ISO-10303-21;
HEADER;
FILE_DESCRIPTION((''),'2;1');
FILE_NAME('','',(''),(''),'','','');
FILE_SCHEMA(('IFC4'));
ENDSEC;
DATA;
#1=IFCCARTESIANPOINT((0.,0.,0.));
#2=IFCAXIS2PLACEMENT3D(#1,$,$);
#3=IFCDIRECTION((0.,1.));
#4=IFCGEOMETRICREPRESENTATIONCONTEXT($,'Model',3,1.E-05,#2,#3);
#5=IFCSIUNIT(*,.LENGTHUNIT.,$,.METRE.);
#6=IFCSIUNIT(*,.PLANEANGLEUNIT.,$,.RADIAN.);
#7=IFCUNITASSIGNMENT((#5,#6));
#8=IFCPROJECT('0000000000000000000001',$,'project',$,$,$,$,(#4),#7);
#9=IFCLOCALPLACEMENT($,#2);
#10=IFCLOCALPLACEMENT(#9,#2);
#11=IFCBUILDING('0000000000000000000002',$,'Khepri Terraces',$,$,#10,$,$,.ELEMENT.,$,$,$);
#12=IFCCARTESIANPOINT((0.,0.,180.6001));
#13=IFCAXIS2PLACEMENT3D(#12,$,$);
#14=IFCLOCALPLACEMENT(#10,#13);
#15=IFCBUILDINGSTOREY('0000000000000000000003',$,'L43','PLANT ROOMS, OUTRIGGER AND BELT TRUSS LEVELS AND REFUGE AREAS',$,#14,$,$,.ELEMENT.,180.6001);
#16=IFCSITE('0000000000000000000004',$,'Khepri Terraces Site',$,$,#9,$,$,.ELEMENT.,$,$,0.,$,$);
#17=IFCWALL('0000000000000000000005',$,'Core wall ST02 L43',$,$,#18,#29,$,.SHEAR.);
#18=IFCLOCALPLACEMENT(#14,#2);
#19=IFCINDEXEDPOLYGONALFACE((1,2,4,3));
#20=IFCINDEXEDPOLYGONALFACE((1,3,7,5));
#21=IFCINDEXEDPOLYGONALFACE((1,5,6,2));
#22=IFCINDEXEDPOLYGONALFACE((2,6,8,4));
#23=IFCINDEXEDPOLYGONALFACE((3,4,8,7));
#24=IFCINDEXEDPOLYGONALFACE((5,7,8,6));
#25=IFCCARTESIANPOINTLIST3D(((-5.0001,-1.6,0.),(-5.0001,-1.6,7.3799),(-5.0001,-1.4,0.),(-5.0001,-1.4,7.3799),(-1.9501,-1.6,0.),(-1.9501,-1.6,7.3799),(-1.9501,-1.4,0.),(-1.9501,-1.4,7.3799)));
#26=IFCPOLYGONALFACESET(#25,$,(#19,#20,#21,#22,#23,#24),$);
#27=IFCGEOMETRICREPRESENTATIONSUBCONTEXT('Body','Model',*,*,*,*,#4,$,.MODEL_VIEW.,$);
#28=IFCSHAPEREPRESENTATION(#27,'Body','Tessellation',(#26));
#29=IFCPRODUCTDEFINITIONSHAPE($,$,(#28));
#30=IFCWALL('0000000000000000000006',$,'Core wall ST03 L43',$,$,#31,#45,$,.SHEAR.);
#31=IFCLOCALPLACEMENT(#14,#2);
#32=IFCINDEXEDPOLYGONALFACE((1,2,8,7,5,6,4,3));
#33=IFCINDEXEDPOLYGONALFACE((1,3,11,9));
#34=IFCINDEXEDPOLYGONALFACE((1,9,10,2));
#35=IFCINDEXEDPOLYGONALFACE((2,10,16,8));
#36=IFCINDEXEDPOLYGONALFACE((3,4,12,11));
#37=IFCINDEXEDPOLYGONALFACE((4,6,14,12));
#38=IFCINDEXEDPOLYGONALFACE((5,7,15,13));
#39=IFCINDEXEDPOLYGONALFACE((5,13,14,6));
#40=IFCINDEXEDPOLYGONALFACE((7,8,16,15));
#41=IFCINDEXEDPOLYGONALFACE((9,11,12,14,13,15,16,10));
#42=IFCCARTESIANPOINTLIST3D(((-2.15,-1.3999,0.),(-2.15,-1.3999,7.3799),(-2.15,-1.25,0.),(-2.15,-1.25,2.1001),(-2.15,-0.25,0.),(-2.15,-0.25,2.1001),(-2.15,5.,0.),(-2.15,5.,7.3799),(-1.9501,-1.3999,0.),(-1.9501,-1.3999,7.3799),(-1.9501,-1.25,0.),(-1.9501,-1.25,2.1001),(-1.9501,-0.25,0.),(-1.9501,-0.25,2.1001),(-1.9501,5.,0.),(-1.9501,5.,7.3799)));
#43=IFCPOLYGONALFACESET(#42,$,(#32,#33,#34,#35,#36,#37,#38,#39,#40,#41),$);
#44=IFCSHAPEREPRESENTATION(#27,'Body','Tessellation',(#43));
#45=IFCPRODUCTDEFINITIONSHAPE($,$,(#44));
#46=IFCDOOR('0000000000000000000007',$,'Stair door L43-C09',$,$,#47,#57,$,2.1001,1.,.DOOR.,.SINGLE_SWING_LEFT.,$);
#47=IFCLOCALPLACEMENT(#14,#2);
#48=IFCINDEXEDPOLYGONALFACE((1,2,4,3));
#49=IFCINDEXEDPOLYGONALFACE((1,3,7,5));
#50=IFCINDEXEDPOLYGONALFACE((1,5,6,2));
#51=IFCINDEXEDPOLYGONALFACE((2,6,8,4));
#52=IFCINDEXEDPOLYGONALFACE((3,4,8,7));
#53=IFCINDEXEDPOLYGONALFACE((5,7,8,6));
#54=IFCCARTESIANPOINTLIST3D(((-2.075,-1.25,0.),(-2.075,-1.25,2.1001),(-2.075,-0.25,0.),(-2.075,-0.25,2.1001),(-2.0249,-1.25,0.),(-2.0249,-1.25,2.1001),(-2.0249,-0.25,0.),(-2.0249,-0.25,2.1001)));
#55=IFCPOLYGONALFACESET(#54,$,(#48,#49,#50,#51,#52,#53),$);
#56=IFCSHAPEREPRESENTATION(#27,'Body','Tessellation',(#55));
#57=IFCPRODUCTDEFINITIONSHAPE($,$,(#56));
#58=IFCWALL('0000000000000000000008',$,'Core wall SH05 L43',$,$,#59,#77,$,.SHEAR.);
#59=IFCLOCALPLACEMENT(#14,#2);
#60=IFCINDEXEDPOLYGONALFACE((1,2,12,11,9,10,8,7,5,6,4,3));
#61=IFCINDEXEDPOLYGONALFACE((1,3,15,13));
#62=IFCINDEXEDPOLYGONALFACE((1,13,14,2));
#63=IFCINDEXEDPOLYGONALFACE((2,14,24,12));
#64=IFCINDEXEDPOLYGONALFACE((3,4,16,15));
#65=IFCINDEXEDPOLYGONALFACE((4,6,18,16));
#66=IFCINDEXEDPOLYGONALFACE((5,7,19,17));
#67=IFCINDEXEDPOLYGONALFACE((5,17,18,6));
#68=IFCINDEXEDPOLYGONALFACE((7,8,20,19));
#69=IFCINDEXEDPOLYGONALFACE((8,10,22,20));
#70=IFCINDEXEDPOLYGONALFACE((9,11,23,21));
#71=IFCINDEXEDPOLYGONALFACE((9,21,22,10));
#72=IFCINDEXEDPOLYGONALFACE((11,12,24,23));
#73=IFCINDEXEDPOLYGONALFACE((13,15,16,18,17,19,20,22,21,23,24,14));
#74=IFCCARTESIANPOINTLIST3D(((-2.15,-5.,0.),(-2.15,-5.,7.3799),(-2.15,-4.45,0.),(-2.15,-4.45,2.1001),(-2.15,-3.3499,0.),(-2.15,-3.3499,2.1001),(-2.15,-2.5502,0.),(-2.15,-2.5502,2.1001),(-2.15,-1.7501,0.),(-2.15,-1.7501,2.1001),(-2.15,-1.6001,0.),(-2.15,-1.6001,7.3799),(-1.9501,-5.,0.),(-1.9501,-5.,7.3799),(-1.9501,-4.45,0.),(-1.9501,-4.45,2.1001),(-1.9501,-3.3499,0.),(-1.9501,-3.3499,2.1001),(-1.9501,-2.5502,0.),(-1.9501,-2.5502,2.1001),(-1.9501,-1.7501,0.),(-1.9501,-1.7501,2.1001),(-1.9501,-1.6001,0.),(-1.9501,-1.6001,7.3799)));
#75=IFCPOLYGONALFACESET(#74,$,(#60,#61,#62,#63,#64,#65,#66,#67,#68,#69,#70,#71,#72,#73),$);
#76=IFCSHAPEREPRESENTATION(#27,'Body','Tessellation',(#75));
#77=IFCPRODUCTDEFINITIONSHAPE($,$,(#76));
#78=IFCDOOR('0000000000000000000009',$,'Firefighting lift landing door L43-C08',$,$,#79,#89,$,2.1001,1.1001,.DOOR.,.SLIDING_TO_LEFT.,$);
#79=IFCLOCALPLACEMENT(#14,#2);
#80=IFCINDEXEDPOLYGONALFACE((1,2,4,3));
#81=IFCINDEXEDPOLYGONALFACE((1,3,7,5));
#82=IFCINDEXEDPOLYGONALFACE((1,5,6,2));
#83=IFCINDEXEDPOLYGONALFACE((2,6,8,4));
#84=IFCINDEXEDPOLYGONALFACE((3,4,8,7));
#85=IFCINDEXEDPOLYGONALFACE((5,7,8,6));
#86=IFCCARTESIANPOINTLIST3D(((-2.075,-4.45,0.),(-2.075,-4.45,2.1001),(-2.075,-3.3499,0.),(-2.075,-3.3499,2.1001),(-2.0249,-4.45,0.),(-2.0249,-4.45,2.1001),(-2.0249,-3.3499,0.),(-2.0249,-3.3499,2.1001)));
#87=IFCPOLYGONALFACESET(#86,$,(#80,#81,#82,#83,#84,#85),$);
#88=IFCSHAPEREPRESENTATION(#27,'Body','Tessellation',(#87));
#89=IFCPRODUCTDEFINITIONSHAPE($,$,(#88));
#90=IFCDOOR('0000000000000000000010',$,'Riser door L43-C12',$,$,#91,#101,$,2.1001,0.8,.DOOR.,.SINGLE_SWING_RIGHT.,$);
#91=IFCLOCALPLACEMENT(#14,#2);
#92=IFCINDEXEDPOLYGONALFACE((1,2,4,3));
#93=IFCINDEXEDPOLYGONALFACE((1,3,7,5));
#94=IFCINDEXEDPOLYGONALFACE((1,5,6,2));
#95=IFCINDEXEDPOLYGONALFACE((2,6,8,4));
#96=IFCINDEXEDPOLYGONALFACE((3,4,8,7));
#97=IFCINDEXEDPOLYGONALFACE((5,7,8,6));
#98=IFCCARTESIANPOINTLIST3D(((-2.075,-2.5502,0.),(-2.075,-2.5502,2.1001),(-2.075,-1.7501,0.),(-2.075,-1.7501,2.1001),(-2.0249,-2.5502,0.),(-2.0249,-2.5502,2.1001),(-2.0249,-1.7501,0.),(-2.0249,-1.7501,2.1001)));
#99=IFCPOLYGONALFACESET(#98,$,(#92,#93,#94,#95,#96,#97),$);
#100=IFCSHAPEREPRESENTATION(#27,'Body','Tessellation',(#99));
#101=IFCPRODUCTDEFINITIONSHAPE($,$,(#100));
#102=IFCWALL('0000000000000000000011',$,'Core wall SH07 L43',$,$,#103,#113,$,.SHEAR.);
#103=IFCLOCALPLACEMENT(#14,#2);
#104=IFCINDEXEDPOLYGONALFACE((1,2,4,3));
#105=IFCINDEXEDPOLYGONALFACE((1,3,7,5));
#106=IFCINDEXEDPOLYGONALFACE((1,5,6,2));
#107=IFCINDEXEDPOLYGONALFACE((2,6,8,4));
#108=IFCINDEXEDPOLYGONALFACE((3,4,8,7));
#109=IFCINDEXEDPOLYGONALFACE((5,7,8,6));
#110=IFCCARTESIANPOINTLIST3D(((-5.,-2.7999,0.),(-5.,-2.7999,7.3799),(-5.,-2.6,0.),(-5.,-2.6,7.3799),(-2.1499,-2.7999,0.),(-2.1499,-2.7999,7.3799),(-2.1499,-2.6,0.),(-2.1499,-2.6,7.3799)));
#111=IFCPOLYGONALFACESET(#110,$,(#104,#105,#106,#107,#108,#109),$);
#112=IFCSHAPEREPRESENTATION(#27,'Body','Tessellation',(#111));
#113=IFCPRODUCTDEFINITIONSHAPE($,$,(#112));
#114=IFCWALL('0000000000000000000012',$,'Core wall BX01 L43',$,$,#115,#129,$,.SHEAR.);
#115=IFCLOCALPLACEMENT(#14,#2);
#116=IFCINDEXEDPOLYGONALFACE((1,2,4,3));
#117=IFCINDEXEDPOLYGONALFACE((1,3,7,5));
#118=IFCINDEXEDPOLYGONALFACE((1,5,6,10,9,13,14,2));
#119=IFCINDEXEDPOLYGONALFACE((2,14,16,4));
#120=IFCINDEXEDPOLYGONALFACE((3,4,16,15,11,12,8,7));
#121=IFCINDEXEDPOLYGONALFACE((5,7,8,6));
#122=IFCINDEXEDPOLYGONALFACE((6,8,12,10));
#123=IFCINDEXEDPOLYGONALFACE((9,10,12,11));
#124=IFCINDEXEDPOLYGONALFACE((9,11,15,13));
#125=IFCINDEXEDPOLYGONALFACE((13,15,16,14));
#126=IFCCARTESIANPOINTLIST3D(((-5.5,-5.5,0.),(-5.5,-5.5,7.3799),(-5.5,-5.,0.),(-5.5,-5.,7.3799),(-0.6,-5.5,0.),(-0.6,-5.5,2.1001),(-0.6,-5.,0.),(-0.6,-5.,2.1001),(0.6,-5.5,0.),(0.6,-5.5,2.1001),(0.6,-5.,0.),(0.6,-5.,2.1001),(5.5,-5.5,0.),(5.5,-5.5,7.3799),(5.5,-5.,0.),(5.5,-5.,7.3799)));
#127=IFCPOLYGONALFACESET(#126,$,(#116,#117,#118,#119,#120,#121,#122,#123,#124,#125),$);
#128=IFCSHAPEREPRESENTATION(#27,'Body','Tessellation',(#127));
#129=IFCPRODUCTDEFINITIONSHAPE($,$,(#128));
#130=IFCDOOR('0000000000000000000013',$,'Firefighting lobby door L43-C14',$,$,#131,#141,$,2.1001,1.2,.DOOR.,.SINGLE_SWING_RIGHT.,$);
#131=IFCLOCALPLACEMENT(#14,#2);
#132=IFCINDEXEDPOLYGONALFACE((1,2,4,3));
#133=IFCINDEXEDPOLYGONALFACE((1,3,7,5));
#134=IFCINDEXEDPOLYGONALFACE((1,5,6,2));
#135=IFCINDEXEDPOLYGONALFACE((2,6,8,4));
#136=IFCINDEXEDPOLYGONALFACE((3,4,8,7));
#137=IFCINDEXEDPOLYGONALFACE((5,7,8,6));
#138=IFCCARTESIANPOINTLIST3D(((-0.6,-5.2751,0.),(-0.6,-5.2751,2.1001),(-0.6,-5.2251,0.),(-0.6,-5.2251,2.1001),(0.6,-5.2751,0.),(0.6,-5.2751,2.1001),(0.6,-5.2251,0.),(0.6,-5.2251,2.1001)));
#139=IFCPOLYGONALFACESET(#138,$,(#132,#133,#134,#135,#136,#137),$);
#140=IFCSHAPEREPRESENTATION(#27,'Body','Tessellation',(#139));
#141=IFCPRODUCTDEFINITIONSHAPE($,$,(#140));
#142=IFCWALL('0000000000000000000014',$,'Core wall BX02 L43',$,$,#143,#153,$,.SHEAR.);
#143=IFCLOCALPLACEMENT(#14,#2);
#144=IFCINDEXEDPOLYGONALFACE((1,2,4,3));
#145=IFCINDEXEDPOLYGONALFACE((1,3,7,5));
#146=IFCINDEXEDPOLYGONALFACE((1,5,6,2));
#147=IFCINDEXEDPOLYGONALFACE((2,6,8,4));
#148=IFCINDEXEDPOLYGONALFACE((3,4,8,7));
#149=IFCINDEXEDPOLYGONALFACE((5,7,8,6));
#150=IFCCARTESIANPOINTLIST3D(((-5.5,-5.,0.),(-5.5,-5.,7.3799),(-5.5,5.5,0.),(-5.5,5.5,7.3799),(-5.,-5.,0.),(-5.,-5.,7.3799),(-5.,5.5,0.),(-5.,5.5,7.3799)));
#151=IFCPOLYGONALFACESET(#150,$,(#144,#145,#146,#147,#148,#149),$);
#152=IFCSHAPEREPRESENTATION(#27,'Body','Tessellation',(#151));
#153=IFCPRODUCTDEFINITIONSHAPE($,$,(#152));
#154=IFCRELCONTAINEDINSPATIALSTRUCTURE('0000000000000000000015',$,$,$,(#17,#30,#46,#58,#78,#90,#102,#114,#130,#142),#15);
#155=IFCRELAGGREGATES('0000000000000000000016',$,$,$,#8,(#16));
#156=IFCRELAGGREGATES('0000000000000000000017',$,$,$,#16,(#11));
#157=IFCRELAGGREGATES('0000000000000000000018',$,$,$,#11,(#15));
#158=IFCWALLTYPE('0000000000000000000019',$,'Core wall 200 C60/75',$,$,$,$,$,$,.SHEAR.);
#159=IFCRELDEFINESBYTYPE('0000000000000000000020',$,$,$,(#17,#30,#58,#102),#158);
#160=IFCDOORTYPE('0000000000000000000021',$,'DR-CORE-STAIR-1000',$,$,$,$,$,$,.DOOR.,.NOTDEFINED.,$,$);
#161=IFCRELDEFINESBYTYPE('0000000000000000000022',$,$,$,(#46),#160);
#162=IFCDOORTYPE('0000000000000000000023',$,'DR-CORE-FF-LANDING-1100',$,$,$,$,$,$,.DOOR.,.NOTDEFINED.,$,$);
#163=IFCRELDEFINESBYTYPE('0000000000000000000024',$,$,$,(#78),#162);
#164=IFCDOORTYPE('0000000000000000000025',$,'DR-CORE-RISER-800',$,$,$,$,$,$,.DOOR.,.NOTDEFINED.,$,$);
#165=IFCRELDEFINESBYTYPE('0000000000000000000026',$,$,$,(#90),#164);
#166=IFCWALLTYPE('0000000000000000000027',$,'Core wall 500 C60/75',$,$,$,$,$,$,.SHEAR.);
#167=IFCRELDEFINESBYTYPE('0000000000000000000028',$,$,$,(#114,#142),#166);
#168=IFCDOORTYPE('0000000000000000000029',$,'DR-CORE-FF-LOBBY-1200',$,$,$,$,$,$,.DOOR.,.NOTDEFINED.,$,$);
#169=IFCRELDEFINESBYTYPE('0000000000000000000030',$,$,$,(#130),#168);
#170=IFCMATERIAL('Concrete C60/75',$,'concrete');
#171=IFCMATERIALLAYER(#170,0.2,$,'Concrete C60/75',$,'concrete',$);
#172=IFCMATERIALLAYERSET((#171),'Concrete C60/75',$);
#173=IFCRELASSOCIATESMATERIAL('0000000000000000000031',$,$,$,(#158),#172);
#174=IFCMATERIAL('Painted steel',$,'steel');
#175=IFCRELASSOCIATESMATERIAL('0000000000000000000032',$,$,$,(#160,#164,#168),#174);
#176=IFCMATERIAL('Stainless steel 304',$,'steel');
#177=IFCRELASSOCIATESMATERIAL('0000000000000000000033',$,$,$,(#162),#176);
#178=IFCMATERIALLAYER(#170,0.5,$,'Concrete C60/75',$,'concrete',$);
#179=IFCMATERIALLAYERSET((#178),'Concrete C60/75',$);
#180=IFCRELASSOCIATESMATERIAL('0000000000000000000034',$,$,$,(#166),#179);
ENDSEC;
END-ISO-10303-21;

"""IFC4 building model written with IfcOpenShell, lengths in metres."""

from ifc_helpers import new_model, si_unit, direction, frame, frame_2d, origin, place, context, subcontext, project, spatial, rectangle, extrude, material, layer, layer_set, type_object, element, fill, save


model = new_model("IFC4")

# Units and contexts
model_context = context("Model", 3, precision=1e-05, world=origin(), true_north=direction((0.0, 1.0)))
body_context = subcontext(model_context, "Body", "Model", "MODEL_VIEW")
ifc_project = project(units=[si_unit("LENGTHUNIT", "METRE"), si_unit("PLANEANGLEUNIT", "RADIAN")], contexts=[model_context])

# Site, building, storey
site_placement = place(None, origin())
site = spatial("IfcSite", under=ifc_project, at=site_placement, Name="Khepri Terraces Site", CompositionType="ELEMENT", RefElevation=0.0)
building_placement = place(site_placement, origin())
building = spatial("IfcBuilding", under=site, at=building_placement, Name="Khepri Terraces", CompositionType="ELEMENT")
storey_placement = place(building_placement, frame((0.0, 0.0, 180.6001)))
storey = spatial("IfcBuildingStorey", under=building, at=storey_placement, Name="L43", Description="PLANT ROOMS, OUTRIGGER AND BELT TRUSS LEVELS AND REFUGE AREAS", CompositionType="ELEMENT", Elevation=180.6001)

# Wall
ifc_material_1 = material(Name="Concrete C60/75", Category="concrete")
ifc_layer_1 = layer(ifc_material_1, 0.2, Name="Concrete C60/75", Category="concrete")
ifc_layer_set_1 = layer_set([ifc_layer_1], Name="Concrete C60/75")
wall_type_1 = type_object("IfcWallType", Name="Core wall 200 C60/75", PredefinedType="SHEAR", material=ifc_layer_set_1)
wall_1_placement = place(storey_placement, frame((-5.0, -1.5, 0.0), z_axis=(0.0, 0.0, 1.0), x_axis=(1.0, 0.0, 0.0)))
element("IfcWall", 1, at=wall_1_placement, inside=storey, type_object=wall_type_1, Name="Core wall ST02 L43", PredefinedType="SHEAR", context=body_context, shape_type="SweptSolid", body=[
    extrude(rectangle(XDim=3.05, YDim=0.2, at=frame_2d((1.5249, 0.0))), origin(), (0.0, 0.0, 1.0), 7.3799),
])

# Wall, opening, door
wall_2_placement = place(storey_placement, frame((-2.05, -1.3999, 0.0), z_axis=(0.0, 0.0, 1.0), x_axis=(0.0, 1.0, 0.0)))
wall_2 = element("IfcWall", 2, at=wall_2_placement, inside=storey, type_object=wall_type_1, Name="Core wall ST03 L43", PredefinedType="SHEAR", context=body_context, shape_type="SweptSolid", body=[
    extrude(rectangle(XDim=6.3999, YDim=0.2, at=frame_2d((3.2, 0.0))), origin(), (0.0, 0.0, 1.0), 7.3799),
])
opening_1_placement = place(wall_2_placement, frame((0.1499, 0.0, 0.0)))
opening_1 = element("IfcOpeningElement", 3, at=opening_1_placement, cuts=wall_2, PredefinedType="OPENING", context=body_context, shape_type="SweptSolid", body=[
    extrude(rectangle(XDim=1.0, YDim=2.1001, at=frame_2d((0.5, 1.05))), frame((0.0, 0.1099, 0.0), z_axis=(0.0, -1.0, 0.0), x_axis=(1.0, 0.0, 0.0)), (0.0, 0.0, 1.0), 0.22),
])
ifc_material_2 = material(Name="Painted steel", Category="steel")
door_type_1 = type_object("IfcDoorType", Name="DR-CORE-STAIR-1000", OperationType="NOTDEFINED", PredefinedType="DOOR", material=ifc_material_2)
door_1_placement = place(opening_1_placement, origin())
door_1 = element("IfcDoor", 4, at=door_1_placement, inside=storey, type_object=door_type_1, Name="Stair door L43-C09", OperationType="SINGLE_SWING_LEFT", OverallHeight=2.1001, OverallWidth=1.0, PredefinedType="DOOR", context=body_context, shape_type="SweptSolid", body=[
    extrude(rectangle(XDim=1.0, YDim=2.1001, at=frame_2d((0.5, 1.05))), frame((0.0, 0.0249, 0.0), z_axis=(0.0, -1.0, 0.0), x_axis=(1.0, 0.0, 0.0)), (0.0, 0.0, 1.0), 0.05),
])
fill(opening_1, door_1)

# Wall, openings, doors
wall_3_placement = place(storey_placement, frame((-2.05, -5.0, 0.0), z_axis=(0.0, 0.0, 1.0), x_axis=(0.0, 1.0, 0.0)))
wall_3 = element("IfcWall", 5, at=wall_3_placement, inside=storey, type_object=wall_type_1, Name="Core wall SH05 L43", PredefinedType="SHEAR", context=body_context, shape_type="SweptSolid", body=[
    extrude(rectangle(XDim=3.3999, YDim=0.2, at=frame_2d((1.7, 0.0))), origin(), (0.0, 0.0, 1.0), 7.3799),
])
opening_2_placement = place(wall_3_placement, frame((0.55, 0.0, 0.0)))
opening_2 = element("IfcOpeningElement", 6, at=opening_2_placement, cuts=wall_3, PredefinedType="OPENING", context=body_context, shape_type="SweptSolid", body=[
    extrude(rectangle(XDim=1.1001, YDim=2.1001, at=frame_2d((0.55, 1.05))), frame((0.0, 0.1099, 0.0), z_axis=(0.0, -1.0, 0.0), x_axis=(1.0, 0.0, 0.0)), (0.0, 0.0, 1.0), 0.22),
])
opening_3_placement = place(wall_3_placement, frame((2.45, 0.0, 0.0)))
opening_3 = element("IfcOpeningElement", 7, at=opening_3_placement, cuts=wall_3, PredefinedType="OPENING", context=body_context, shape_type="SweptSolid", body=[
    extrude(rectangle(XDim=0.8, YDim=2.1001, at=frame_2d((0.3999, 1.05))), frame((0.0, 0.1099, 0.0), z_axis=(0.0, -1.0, 0.0), x_axis=(1.0, 0.0, 0.0)), (0.0, 0.0, 1.0), 0.22),
])
ifc_material_3 = material(Name="Stainless steel 304", Category="steel")
door_type_2 = type_object("IfcDoorType", Name="DR-CORE-FF-LANDING-1100", OperationType="NOTDEFINED", PredefinedType="DOOR", material=ifc_material_3)
door_2_placement = place(opening_2_placement, origin())
door_2 = element("IfcDoor", 8, at=door_2_placement, inside=storey, type_object=door_type_2, Name="Firefighting lift landing door L43-C08", OperationType="SLIDING_TO_LEFT", OverallHeight=2.1001, OverallWidth=1.1001, PredefinedType="DOOR", context=body_context, shape_type="SweptSolid", body=[
    extrude(rectangle(XDim=1.1001, YDim=2.1001, at=frame_2d((0.55, 1.05))), frame((0.0, 0.0249, 0.0), z_axis=(0.0, -1.0, 0.0), x_axis=(1.0, 0.0, 0.0)), (0.0, 0.0, 1.0), 0.05),
])
fill(opening_2, door_2)
door_type_3 = type_object("IfcDoorType", Name="DR-CORE-RISER-800", OperationType="NOTDEFINED", PredefinedType="DOOR", material=ifc_material_2)
door_3_placement = place(opening_3_placement, origin())
door_3 = element("IfcDoor", 9, at=door_3_placement, inside=storey, type_object=door_type_3, Name="Riser door L43-C12", OperationType="SINGLE_SWING_RIGHT", OverallHeight=2.1001, OverallWidth=0.8, PredefinedType="DOOR", context=body_context, shape_type="SweptSolid", body=[
    extrude(rectangle(XDim=0.8, YDim=2.1001, at=frame_2d((0.3999, 1.05))), frame((0.0, 0.0249, 0.0), z_axis=(0.0, -1.0, 0.0), x_axis=(1.0, 0.0, 0.0)), (0.0, 0.0, 1.0), 0.05),
])
fill(opening_3, door_3)

# Wall
wall_4_placement = place(storey_placement, frame((-5.0, -2.7, 0.0), z_axis=(0.0, 0.0, 1.0), x_axis=(1.0, 0.0, 0.0)))
element("IfcWall", 10, at=wall_4_placement, inside=storey, type_object=wall_type_1, Name="Core wall SH07 L43", PredefinedType="SHEAR", context=body_context, shape_type="SweptSolid", body=[
    extrude(rectangle(XDim=2.8501, YDim=0.2, at=frame_2d((1.425, 0.0))), origin(), (0.0, 0.0, 1.0), 7.3799),
])

# Wall, opening, door
ifc_layer_2 = layer(ifc_material_1, 0.5, Name="Concrete C60/75", Category="concrete")
ifc_layer_set_2 = layer_set([ifc_layer_2], Name="Concrete C60/75")
wall_type_2 = type_object("IfcWallType", Name="Core wall 500 C60/75", PredefinedType="SHEAR", material=ifc_layer_set_2)
wall_5_placement = place(storey_placement, frame((-5.5, -5.25, 0.0), z_axis=(0.0, 0.0, 1.0), x_axis=(1.0, 0.0, 0.0)))
wall_5 = element("IfcWall", 11, at=wall_5_placement, inside=storey, type_object=wall_type_2, Name="Core wall BX01 L43", PredefinedType="SHEAR", context=body_context, shape_type="SweptSolid", body=[
    extrude(rectangle(XDim=11.0, YDim=0.5, at=frame_2d((5.5, 0.0))), origin(), (0.0, 0.0, 1.0), 7.3799),
])
opening_4_placement = place(wall_5_placement, frame((4.8999, 0.0, 0.0)))
opening_4 = element("IfcOpeningElement", 12, at=opening_4_placement, cuts=wall_5, PredefinedType="OPENING", context=body_context, shape_type="SweptSolid", body=[
    extrude(rectangle(XDim=1.2, YDim=2.1001, at=frame_2d((0.6001, 1.05))), frame((0.0, 0.26, 0.0), z_axis=(0.0, -1.0, 0.0), x_axis=(1.0, 0.0, 0.0)), (0.0, 0.0, 1.0), 0.52),
])
door_type_4 = type_object("IfcDoorType", Name="DR-CORE-FF-LOBBY-1200", OperationType="NOTDEFINED", PredefinedType="DOOR", material=ifc_material_2)
door_4_placement = place(opening_4_placement, origin())
door_4 = element("IfcDoor", 13, at=door_4_placement, inside=storey, type_object=door_type_4, Name="Firefighting lobby door L43-C14", OperationType="SINGLE_SWING_RIGHT", OverallHeight=2.1001, OverallWidth=1.2, PredefinedType="DOOR", context=body_context, shape_type="SweptSolid", body=[
    extrude(rectangle(XDim=1.2, YDim=2.1001, at=frame_2d((0.6001, 1.05))), frame((0.0, 0.0249, 0.0), z_axis=(0.0, -1.0, 0.0), x_axis=(1.0, 0.0, 0.0)), (0.0, 0.0, 1.0), 0.05),
])
fill(opening_4, door_4)

# Wall
wall_6_placement = place(storey_placement, frame((-5.25, -5.0, 0.0), z_axis=(0.0, 0.0, 1.0), x_axis=(0.0, 1.0, 0.0)))
element("IfcWall", 14, at=wall_6_placement, inside=storey, type_object=wall_type_2, Name="Core wall BX02 L43", PredefinedType="SHEAR", context=body_context, shape_type="SweptSolid", body=[
    extrude(rectangle(XDim=10.5, YDim=0.5, at=frame_2d((5.25, 0.0))), origin(), (0.0, 0.0, 1.0), 7.3799),
])

save(model, "model.ifc")
